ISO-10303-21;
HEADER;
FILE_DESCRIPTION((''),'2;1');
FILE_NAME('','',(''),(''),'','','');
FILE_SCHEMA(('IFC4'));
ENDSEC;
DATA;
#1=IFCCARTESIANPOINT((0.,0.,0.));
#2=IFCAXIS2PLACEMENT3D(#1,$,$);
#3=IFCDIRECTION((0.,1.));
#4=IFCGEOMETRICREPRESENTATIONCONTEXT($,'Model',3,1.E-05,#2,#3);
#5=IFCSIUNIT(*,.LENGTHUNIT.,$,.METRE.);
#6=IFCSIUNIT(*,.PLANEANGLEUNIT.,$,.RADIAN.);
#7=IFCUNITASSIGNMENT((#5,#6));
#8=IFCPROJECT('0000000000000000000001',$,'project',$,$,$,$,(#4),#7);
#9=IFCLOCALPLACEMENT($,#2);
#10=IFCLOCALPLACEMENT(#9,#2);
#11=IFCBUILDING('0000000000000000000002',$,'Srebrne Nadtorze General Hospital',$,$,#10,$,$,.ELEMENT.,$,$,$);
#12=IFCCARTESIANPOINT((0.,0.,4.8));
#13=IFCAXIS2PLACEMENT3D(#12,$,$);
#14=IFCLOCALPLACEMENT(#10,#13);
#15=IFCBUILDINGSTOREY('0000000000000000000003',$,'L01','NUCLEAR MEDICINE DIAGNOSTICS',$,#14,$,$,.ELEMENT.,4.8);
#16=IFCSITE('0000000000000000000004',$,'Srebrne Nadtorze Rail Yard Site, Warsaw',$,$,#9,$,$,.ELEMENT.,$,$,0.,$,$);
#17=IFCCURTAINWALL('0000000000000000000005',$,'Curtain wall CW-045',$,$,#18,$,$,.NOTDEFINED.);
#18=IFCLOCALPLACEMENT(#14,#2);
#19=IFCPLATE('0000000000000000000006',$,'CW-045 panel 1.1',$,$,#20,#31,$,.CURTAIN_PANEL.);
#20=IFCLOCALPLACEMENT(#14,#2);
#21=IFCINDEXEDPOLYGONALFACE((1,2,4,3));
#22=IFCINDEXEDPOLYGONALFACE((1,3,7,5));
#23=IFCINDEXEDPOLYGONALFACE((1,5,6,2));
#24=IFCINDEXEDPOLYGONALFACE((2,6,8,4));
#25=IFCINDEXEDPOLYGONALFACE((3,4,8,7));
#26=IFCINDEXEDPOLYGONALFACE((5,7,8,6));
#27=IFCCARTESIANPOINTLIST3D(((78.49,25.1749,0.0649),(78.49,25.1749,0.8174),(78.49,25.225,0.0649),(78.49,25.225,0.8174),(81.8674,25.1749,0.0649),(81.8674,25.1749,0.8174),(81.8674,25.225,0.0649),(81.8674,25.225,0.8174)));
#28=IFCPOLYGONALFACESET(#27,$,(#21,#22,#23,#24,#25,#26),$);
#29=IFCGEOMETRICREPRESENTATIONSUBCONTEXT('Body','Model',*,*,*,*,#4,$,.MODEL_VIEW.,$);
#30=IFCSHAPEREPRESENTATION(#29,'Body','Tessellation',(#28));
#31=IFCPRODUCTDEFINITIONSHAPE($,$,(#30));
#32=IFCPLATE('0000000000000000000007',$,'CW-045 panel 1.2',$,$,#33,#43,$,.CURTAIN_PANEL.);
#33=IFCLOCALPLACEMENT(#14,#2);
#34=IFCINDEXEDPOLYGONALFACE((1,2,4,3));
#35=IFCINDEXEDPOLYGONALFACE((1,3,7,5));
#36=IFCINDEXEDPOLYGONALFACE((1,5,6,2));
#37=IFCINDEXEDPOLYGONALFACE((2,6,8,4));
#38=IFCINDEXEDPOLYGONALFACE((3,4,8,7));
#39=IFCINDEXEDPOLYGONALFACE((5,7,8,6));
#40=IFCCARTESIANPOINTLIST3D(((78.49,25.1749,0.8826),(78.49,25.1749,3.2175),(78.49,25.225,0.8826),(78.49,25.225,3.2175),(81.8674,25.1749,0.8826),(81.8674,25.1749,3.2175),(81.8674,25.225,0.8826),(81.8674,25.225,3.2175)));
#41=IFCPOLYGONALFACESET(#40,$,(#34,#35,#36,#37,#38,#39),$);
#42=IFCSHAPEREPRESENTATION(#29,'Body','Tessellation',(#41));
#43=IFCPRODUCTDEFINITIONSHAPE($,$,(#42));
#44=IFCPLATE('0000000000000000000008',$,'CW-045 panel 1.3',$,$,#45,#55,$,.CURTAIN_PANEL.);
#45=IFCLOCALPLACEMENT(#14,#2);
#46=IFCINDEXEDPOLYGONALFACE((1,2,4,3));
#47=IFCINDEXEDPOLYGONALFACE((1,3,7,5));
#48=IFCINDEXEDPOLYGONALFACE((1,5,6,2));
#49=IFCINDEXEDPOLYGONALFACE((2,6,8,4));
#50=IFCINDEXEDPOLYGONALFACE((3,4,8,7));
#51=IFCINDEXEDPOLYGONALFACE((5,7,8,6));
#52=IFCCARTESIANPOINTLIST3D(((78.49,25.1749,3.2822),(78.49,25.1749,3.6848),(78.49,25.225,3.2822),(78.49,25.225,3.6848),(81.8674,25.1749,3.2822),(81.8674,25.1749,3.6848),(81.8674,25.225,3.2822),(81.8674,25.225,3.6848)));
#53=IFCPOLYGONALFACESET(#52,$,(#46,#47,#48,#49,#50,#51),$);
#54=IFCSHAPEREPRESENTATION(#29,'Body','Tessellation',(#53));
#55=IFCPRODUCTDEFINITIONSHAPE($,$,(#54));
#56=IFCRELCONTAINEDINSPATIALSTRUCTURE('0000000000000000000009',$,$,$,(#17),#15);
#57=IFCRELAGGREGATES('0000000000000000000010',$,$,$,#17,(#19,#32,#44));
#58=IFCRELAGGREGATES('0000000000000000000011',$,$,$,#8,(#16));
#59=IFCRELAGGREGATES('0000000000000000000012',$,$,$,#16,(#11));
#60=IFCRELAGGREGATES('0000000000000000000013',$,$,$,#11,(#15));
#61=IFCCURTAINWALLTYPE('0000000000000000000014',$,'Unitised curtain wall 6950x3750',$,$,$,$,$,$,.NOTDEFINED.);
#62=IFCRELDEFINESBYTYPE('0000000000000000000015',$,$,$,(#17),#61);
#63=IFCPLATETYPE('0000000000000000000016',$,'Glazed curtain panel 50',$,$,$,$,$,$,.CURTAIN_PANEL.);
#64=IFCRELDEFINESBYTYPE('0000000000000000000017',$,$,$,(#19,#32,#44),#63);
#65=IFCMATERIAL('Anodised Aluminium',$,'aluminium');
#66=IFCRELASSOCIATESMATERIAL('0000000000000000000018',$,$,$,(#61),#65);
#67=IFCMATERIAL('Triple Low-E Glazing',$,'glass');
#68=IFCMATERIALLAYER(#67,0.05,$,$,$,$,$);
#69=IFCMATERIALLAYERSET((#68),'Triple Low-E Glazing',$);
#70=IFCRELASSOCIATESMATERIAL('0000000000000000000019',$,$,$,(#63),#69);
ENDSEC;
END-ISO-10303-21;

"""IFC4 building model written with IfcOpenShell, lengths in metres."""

from ifc_helpers import new_model, si_unit, direction, frame, origin, origin_2d, place, context, subcontext, project, spatial, rectangle, extrude, material, layer, layer_set, type_object, element, aggregate, save


model = new_model("IFC4")

# Units and contexts
model_context = context("Model", 3, precision=1e-05, world=origin(), true_north=direction((0.0, 1.0)))
body_context = subcontext(model_context, "Body", "Model", "MODEL_VIEW")
ifc_project = project(units=[si_unit("LENGTHUNIT", "METRE"), si_unit("PLANEANGLEUNIT", "RADIAN")], contexts=[model_context])

# Site, building, storey
site_placement = place(None, origin())
site = spatial("IfcSite", under=ifc_project, at=site_placement, Name="Srebrne Nadtorze Rail Yard Site, Warsaw", CompositionType="ELEMENT", RefElevation=0.0)
building_placement = place(site_placement, origin())
building = spatial("IfcBuilding", under=site, at=building_placement, Name="Srebrne Nadtorze General Hospital", CompositionType="ELEMENT")
storey_placement = place(building_placement, frame((0.0, 0.0, 4.8)))
storey = spatial("IfcBuildingStorey", under=building, at=storey_placement, Name="L01", Description="NUCLEAR MEDICINE DIAGNOSTICS", CompositionType="ELEMENT", Elevation=4.8)

# Curtain wall
ifc_material_1 = material(Name="Anodised Aluminium", Category="aluminium")
curtain_wall_type = type_object("IfcCurtainWallType", Name="Unitised curtain wall 6950x3750", PredefinedType="NOTDEFINED", material=ifc_material_1)
curtain_wall_1_placement = place(storey_placement, origin())
curtain_wall_1 = element("IfcCurtainWall", 1, at=curtain_wall_1_placement, inside=storey, type_object=curtain_wall_type, Name="Curtain wall CW-045", PredefinedType="NOTDEFINED")

# Plates
ifc_material_2 = material(Name="Triple Low-E Glazing", Category="glass")
ifc_layer = layer(ifc_material_2, 0.05)
ifc_layer_set = layer_set([ifc_layer], Name="Triple Low-E Glazing")
plate_type = type_object("IfcPlateType", Name="Glazed curtain panel 50", PredefinedType="CURTAIN_PANEL", material=ifc_layer_set)
plate_1_placement = place(storey_placement, frame((80.1787, 25.2, 0.0649), z_axis=(0.0, 0.0, 1.0), x_axis=(1.0, 0.0, 0.0)))
plate_1 = element("IfcPlate", 2, at=plate_1_placement, type_object=plate_type, Name="CW-045 panel 1.1", PredefinedType="CURTAIN_PANEL", context=body_context, shape_type="SweptSolid", body=[
    extrude(rectangle(XDim=3.3774, YDim=0.05, at=origin_2d()), origin(), (0.0, 0.0, 1.0), 0.7524),
])
plate_2_placement = place(storey_placement, frame((80.1787, 25.2, 0.8826), z_axis=(0.0, 0.0, 1.0), x_axis=(1.0, 0.0, 0.0)))
plate_2 = element("IfcPlate", 3, at=plate_2_placement, type_object=plate_type, Name="CW-045 panel 1.2", PredefinedType="CURTAIN_PANEL", context=body_context, shape_type="SweptSolid", body=[
    extrude(rectangle(XDim=3.3774, YDim=0.05, at=origin_2d()), origin(), (0.0, 0.0, 1.0), 2.335),
])
plate_3_placement = place(storey_placement, frame((80.1787, 25.2, 3.2822), z_axis=(0.0, 0.0, 1.0), x_axis=(1.0, 0.0, 0.0)))
plate_3 = element("IfcPlate", 4, at=plate_3_placement, type_object=plate_type, Name="CW-045 panel 1.3", PredefinedType="CURTAIN_PANEL", context=body_context, shape_type="SweptSolid", body=[
    extrude(rectangle(XDim=3.3774, YDim=0.05, at=origin_2d()), origin(), (0.0, 0.0, 1.0), 0.4026),
])
aggregate(curtain_wall_1, [plate_1, plate_2, plate_3])

save(model, "model.ifc")
